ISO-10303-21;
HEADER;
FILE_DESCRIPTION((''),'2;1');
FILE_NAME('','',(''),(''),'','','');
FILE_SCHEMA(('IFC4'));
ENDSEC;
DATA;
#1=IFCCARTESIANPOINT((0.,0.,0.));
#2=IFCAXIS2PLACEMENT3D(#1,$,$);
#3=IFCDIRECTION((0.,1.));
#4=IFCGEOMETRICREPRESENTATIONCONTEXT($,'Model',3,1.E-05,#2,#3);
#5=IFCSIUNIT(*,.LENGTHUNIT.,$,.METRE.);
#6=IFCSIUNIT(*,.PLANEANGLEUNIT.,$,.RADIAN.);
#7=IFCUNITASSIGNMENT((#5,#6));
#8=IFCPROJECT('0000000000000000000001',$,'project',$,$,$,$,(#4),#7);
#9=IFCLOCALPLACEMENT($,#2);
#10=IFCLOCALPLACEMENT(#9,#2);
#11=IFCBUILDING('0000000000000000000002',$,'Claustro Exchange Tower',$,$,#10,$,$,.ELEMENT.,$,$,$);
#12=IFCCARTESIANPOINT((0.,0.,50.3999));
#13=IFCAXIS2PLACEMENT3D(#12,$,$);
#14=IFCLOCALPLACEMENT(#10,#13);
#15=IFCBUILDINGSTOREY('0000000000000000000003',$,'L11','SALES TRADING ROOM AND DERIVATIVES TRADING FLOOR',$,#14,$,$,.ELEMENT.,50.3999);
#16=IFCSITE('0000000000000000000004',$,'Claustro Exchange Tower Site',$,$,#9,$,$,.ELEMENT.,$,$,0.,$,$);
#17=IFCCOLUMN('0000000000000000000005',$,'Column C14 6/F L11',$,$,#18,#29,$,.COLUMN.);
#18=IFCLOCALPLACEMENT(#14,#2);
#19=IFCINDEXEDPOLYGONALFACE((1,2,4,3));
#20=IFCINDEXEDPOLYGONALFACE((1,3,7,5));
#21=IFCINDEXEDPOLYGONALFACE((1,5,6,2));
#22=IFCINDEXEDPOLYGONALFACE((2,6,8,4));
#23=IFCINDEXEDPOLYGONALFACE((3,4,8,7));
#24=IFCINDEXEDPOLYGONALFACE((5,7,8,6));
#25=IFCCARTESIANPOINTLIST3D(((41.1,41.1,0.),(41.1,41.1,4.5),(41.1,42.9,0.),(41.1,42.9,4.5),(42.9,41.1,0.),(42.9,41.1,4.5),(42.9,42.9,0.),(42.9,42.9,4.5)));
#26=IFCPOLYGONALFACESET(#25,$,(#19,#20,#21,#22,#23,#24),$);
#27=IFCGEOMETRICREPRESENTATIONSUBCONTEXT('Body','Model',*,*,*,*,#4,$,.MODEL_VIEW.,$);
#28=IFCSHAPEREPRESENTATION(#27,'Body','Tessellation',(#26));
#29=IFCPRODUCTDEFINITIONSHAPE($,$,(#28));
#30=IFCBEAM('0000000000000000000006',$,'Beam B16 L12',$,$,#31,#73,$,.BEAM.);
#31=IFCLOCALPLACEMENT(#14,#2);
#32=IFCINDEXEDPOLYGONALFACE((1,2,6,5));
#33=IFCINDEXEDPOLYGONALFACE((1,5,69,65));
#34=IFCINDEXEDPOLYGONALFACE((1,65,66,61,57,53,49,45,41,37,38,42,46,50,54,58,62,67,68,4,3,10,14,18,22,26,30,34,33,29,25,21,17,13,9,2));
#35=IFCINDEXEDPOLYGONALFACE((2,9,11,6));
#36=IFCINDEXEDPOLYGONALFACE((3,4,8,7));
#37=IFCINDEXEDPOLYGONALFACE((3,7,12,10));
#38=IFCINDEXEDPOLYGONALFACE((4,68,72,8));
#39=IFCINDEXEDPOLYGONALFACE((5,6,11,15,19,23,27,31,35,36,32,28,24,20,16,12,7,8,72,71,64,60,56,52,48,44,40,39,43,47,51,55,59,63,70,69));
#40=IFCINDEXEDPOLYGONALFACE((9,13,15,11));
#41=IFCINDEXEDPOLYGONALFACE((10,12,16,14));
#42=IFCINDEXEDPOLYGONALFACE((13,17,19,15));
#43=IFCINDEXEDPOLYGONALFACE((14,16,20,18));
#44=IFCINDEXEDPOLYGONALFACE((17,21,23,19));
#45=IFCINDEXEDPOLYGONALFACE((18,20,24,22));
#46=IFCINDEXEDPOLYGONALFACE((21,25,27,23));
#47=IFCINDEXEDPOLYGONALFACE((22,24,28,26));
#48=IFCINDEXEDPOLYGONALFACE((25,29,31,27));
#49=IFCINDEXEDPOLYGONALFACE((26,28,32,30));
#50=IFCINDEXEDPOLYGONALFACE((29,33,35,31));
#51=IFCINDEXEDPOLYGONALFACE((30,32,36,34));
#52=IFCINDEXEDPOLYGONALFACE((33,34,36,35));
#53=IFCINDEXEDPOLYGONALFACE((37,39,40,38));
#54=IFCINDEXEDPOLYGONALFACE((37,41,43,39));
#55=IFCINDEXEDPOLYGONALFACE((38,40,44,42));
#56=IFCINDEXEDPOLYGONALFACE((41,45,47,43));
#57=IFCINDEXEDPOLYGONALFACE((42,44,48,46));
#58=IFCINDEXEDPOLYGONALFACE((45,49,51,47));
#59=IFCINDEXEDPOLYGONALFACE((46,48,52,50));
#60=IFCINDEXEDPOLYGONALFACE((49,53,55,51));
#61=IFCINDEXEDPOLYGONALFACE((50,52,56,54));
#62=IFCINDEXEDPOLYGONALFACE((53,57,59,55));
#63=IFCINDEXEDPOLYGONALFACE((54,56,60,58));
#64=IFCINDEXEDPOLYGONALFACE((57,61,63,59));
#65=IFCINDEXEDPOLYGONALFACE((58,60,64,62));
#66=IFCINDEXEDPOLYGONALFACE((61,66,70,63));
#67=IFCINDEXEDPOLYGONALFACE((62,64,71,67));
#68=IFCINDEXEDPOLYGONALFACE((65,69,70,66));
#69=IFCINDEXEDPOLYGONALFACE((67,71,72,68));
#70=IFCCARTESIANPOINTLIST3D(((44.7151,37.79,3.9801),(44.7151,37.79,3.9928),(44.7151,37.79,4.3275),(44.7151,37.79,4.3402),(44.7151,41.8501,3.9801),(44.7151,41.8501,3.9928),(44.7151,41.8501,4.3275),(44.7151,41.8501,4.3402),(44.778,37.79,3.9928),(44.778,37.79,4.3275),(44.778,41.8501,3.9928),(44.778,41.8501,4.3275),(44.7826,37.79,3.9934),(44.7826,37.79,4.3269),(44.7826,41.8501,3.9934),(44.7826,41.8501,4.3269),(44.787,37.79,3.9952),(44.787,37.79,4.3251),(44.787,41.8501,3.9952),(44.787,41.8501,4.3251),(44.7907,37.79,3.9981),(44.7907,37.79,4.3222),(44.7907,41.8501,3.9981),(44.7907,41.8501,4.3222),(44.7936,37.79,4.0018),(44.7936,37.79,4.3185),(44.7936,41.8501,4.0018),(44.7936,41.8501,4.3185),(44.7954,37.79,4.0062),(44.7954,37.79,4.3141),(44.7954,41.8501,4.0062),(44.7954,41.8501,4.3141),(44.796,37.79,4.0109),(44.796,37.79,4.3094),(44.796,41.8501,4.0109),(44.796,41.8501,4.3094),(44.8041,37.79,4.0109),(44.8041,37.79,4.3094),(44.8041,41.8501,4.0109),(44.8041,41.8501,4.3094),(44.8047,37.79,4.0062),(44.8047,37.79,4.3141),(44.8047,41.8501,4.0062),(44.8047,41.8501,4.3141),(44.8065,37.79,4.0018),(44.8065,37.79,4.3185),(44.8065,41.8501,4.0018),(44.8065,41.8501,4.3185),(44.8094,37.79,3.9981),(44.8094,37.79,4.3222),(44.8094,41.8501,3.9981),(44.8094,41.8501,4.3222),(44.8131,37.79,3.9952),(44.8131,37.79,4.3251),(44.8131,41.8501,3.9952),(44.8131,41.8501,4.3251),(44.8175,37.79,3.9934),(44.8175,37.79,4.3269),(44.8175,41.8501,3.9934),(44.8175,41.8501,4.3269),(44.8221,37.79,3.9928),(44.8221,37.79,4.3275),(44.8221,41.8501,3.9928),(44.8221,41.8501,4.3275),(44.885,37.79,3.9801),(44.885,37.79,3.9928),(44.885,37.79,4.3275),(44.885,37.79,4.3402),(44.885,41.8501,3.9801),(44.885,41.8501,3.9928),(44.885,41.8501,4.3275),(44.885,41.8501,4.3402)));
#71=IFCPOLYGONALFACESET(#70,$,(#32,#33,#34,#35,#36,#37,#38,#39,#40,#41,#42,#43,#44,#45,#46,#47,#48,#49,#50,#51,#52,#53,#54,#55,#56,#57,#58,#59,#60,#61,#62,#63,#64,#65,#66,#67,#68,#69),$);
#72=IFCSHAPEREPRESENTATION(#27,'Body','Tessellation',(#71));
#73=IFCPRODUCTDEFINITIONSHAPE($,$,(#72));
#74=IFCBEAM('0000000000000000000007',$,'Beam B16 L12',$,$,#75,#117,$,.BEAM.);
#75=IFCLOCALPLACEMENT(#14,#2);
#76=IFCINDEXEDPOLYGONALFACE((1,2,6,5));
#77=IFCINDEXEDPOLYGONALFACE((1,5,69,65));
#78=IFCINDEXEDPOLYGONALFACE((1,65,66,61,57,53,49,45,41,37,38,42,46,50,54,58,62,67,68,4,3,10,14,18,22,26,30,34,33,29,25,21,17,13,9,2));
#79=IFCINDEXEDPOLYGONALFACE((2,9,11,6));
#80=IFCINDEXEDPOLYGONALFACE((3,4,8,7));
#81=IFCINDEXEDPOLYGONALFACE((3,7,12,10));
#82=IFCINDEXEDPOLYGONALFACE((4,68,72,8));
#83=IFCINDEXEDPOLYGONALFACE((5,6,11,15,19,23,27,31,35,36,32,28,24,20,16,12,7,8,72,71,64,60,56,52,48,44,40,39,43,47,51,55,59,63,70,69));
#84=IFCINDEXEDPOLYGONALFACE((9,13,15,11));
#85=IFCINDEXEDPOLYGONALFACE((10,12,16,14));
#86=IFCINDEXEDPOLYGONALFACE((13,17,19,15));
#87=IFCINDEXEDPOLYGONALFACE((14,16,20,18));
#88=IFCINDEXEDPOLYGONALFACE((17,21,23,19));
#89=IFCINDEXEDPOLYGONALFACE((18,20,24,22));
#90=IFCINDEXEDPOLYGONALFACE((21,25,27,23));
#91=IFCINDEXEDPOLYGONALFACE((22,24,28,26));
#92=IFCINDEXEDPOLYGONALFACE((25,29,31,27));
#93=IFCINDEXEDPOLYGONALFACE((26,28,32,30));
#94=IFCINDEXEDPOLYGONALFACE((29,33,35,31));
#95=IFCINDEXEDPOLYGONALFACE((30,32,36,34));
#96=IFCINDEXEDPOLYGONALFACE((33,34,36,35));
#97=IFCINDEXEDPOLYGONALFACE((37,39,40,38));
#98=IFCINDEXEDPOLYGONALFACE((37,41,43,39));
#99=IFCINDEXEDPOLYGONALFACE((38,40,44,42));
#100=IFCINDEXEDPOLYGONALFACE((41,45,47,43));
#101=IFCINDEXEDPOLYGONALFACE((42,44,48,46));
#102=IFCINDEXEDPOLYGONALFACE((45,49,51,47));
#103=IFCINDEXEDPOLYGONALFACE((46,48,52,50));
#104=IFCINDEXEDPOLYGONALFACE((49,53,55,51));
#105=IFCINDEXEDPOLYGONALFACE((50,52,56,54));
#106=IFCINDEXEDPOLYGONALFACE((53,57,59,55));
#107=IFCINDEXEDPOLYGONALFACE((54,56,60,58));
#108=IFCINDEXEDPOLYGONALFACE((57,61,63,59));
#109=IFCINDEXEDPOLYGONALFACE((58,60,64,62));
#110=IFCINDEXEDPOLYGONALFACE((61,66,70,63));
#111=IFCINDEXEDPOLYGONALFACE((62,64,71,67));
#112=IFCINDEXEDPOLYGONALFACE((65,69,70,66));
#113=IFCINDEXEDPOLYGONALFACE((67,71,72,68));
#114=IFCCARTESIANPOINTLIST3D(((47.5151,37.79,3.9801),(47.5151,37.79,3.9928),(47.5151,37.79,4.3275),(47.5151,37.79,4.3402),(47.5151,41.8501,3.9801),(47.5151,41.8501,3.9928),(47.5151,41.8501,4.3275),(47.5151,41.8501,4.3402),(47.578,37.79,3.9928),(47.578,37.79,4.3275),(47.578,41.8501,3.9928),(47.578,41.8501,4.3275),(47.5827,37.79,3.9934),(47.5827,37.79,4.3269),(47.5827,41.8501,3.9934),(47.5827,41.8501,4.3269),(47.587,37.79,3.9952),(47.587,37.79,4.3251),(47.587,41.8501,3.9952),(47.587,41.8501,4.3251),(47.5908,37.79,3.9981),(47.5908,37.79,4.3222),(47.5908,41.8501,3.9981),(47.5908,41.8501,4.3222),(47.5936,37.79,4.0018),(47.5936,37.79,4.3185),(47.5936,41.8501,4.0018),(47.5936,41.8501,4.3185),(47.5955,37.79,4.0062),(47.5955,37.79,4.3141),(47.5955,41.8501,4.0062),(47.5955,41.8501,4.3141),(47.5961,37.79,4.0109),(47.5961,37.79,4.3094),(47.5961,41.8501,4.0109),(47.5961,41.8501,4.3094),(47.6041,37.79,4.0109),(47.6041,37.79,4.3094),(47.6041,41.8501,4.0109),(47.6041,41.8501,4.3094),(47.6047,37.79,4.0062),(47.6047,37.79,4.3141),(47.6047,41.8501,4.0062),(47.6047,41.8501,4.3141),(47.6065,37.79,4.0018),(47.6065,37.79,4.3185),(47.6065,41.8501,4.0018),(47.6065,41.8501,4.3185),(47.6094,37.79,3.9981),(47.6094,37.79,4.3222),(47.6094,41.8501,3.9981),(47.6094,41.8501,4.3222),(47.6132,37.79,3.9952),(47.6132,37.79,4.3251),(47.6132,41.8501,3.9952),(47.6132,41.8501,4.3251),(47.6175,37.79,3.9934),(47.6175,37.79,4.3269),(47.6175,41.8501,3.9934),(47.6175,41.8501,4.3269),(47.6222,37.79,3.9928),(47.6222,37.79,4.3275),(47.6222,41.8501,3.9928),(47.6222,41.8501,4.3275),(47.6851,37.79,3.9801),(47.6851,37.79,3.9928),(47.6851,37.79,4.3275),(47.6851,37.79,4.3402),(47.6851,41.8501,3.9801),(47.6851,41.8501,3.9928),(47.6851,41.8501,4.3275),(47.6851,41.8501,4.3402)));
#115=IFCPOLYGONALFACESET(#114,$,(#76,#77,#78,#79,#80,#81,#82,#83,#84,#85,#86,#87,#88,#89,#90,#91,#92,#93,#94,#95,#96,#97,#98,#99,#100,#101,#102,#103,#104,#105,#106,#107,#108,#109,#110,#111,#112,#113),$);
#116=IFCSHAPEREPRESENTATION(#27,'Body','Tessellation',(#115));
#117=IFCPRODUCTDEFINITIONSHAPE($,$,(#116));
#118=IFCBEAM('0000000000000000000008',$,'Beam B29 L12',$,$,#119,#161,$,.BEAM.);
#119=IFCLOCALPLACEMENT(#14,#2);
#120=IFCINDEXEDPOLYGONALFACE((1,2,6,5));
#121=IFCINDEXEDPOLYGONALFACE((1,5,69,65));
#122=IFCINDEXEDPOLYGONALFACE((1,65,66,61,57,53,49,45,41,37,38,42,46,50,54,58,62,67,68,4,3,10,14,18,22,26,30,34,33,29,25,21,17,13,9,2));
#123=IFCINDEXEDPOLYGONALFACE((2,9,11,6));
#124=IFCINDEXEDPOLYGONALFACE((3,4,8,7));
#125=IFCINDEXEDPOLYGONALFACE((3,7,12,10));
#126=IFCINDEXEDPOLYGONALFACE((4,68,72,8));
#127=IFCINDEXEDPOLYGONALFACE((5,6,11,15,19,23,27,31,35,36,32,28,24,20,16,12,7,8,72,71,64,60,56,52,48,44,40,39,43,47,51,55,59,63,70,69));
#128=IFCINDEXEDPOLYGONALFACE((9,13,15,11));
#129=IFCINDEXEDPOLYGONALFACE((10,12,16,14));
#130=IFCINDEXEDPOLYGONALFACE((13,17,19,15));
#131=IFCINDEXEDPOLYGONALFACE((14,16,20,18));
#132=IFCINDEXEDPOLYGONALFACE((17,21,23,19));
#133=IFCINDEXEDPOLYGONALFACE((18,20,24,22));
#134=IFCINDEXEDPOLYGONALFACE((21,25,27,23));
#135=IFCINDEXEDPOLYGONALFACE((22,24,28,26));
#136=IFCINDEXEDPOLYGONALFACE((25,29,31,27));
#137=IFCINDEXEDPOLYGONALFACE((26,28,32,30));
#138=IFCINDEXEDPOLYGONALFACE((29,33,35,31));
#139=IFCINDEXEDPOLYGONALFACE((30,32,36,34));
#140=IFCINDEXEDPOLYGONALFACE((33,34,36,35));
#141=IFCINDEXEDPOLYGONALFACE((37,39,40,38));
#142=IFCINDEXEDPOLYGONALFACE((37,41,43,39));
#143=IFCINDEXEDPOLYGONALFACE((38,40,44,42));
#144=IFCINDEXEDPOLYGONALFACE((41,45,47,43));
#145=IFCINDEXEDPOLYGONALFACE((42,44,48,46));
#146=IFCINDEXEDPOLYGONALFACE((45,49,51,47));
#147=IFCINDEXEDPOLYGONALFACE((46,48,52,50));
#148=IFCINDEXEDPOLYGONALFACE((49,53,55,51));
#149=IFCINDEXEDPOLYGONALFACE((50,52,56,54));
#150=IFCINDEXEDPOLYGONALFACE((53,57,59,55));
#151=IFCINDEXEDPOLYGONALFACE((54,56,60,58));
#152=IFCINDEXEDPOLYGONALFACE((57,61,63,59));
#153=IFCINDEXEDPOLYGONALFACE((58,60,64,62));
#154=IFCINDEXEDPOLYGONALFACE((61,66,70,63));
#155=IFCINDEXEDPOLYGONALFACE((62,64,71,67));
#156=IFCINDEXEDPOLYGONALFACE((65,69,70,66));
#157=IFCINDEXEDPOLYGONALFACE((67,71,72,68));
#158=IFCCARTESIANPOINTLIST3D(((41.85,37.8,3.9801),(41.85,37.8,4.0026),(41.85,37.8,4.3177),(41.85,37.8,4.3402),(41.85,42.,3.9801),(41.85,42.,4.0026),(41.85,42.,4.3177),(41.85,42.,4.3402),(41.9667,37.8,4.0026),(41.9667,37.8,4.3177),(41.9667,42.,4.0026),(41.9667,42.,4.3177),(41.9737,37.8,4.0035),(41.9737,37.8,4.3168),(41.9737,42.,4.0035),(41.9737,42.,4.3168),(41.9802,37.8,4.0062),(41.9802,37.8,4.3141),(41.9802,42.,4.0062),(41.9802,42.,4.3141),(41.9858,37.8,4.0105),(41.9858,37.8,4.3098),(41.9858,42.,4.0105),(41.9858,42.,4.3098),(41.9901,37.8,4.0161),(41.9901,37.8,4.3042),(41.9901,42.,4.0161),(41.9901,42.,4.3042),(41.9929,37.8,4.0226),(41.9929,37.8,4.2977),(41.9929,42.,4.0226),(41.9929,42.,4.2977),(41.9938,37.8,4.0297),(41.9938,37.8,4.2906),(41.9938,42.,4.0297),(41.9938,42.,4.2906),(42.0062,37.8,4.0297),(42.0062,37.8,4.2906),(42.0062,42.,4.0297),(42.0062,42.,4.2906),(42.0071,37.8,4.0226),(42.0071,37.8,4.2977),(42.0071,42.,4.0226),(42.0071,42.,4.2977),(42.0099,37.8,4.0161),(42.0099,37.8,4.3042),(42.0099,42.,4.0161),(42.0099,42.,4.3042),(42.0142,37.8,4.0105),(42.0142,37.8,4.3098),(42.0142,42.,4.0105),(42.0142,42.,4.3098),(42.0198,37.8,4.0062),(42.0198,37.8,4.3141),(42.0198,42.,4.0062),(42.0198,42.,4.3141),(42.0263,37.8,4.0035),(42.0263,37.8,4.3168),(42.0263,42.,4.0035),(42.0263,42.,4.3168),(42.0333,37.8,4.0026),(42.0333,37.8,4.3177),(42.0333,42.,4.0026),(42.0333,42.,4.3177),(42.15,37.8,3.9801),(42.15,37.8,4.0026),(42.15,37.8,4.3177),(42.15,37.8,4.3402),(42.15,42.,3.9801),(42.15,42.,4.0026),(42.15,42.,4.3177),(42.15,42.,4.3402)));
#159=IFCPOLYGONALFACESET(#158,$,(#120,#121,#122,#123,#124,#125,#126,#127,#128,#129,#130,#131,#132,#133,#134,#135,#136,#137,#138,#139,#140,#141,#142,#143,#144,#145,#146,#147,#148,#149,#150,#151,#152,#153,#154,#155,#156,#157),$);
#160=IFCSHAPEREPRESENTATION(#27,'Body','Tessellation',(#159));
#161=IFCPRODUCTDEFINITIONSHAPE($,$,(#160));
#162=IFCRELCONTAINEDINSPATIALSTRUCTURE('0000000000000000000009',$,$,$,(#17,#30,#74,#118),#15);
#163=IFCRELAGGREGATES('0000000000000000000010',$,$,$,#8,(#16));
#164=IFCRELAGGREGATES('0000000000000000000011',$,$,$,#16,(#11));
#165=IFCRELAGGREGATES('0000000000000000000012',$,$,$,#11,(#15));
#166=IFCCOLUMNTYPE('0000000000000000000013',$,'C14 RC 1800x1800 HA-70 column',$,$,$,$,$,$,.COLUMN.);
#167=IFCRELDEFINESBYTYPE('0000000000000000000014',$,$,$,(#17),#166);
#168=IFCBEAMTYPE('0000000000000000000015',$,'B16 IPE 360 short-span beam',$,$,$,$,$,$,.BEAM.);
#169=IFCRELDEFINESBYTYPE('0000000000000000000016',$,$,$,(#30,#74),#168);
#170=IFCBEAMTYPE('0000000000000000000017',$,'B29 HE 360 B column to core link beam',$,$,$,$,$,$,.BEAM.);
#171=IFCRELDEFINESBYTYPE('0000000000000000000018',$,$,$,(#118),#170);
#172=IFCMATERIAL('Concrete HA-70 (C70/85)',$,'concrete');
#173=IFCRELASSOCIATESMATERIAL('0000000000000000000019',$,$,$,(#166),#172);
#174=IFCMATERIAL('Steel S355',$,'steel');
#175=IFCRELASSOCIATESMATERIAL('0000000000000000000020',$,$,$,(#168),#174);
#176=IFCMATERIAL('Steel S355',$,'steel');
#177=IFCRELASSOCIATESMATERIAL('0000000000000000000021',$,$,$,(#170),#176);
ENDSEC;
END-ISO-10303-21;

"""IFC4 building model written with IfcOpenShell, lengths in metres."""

from ifc_helpers import new_model, si_unit, direction, frame, origin, origin_2d, place, context, subcontext, project, spatial, rectangle, i_section, extrude, material, material_profile, profile_set, type_object, element, save


model = new_model("IFC4")

# Units and contexts
model_context = context("Model", 3, precision=1e-05, world=origin(), true_north=direction((0.0, 1.0)))
body_context = subcontext(model_context, "Body", "Model", "MODEL_VIEW")
ifc_project = project(units=[si_unit("LENGTHUNIT", "METRE"), si_unit("PLANEANGLEUNIT", "RADIAN")], contexts=[model_context])

# Site, building, storey
site_placement = place(None, origin())
site = spatial("IfcSite", under=ifc_project, at=site_placement, Name="Claustro Exchange Tower Site", CompositionType="ELEMENT", RefElevation=0.0)
building_placement = place(site_placement, origin())
building = spatial("IfcBuilding", under=site, at=building_placement, Name="Claustro Exchange Tower", CompositionType="ELEMENT")
storey_placement = place(building_placement, frame((0.0, 0.0, 50.3999)))
storey = spatial("IfcBuildingStorey", under=building, at=storey_placement, Name="L11", Description="SALES TRADING ROOM AND DERIVATIVES TRADING FLOOR", CompositionType="ELEMENT", Elevation=50.3999)

# Column
ifc_material_1 = material(Name="Concrete HA-70 (C70/85)", Category="concrete")
ifc_material_profile_1 = material_profile(ifc_material_1, rectangle(XDim=1.8, YDim=1.8, at=origin_2d()), Name="RC 1800x1800")
ifc_profile_set_1 = profile_set([ifc_material_profile_1], Name="Concrete HA-70 (C70/85)")
column_type = type_object("IfcColumnType", Name="C14 RC 1800x1800 HA-70 column", PredefinedType="COLUMN", material=ifc_profile_set_1)
column_placement = place(storey_placement, frame((42.0, 42.0, 0.0), z_axis=(0.0, 0.0, 1.0), x_axis=(1.0, 0.0, 0.0)))
element("IfcColumn", 1, at=column_placement, inside=storey, type_object=column_type, Name="Column C14 6/F L11", PredefinedType="COLUMN", context=body_context, shape_type="SweptSolid", body=[
    extrude(rectangle(XDim=1.8, YDim=1.8, at=origin_2d()), origin(), (0.0, 0.0, 1.0), 4.5),
])

# Beams
ifc_material_2 = material(Name="Steel S355", Category="steel")
ifc_material_profile_2 = material_profile(ifc_material_2, i_section(OverallWidth=0.1699, OverallDepth=0.3601, WebThickness=0.0081, FlangeThickness=0.0127, FilletRadius=0.0181, at=origin_2d()), Name="IPE 360")
ifc_profile_set_2 = profile_set([ifc_material_profile_2], Name="Steel S355")
beam_type_1 = type_object("IfcBeamType", Name="B16 IPE 360 short-span beam", PredefinedType="BEAM", material=ifc_profile_set_2)
for number, where, z_axis, x_axis, name in (
    (2, (44.8, 37.79, 4.1602), (0.0, 1.0, 0.0), (-1.0, 0.0, 0.0), "Beam B16 L12"),
    (3, (47.6001, 37.79, 4.1602), (0.0, 1.0, 0.0), (-1.0, 0.0, 0.0), "Beam B16 L12"),
):
    element("IfcBeam", number, at=place(storey_placement, frame(where, z_axis=z_axis, x_axis=x_axis)), inside=storey, type_object=beam_type_1, Name=name, PredefinedType="BEAM", context=body_context, shape_type="SweptSolid", body=[
        extrude(i_section(OverallWidth=0.1699, OverallDepth=0.3601, WebThickness=0.0081, FlangeThickness=0.0127, FilletRadius=0.0181, at=origin_2d()), origin(), (0.0, 0.0, 1.0), 4.0601),
    ])
ifc_material_3 = material(Name="Steel S355", Category="steel")
ifc_material_profile_3 = material_profile(ifc_material_3, i_section(OverallWidth=0.3, OverallDepth=0.3601, WebThickness=0.0125, FlangeThickness=0.0225, FilletRadius=0.0271, at=origin_2d()), Name="HE 360 B")
ifc_profile_set_3 = profile_set([ifc_material_profile_3], Name="Steel S355")
beam_type_2 = type_object("IfcBeamType", Name="B29 HE 360 B column to core link beam", PredefinedType="BEAM", material=ifc_profile_set_3)
beam_1_placement = place(storey_placement, frame((42.0, 37.8, 4.1602), z_axis=(0.0, 1.0, 0.0), x_axis=(-1.0, 0.0, 0.0)))
element("IfcBeam", 4, at=beam_1_placement, inside=storey, type_object=beam_type_2, Name="Beam B29 L12", PredefinedType="BEAM", context=body_context, shape_type="SweptSolid", body=[
    extrude(i_section(OverallWidth=0.3, OverallDepth=0.3601, WebThickness=0.0125, FlangeThickness=0.0225, FilletRadius=0.0271, at=origin_2d()), origin(), (0.0, 0.0, 1.0), 4.2),
])

save(model, "model.ifc")
